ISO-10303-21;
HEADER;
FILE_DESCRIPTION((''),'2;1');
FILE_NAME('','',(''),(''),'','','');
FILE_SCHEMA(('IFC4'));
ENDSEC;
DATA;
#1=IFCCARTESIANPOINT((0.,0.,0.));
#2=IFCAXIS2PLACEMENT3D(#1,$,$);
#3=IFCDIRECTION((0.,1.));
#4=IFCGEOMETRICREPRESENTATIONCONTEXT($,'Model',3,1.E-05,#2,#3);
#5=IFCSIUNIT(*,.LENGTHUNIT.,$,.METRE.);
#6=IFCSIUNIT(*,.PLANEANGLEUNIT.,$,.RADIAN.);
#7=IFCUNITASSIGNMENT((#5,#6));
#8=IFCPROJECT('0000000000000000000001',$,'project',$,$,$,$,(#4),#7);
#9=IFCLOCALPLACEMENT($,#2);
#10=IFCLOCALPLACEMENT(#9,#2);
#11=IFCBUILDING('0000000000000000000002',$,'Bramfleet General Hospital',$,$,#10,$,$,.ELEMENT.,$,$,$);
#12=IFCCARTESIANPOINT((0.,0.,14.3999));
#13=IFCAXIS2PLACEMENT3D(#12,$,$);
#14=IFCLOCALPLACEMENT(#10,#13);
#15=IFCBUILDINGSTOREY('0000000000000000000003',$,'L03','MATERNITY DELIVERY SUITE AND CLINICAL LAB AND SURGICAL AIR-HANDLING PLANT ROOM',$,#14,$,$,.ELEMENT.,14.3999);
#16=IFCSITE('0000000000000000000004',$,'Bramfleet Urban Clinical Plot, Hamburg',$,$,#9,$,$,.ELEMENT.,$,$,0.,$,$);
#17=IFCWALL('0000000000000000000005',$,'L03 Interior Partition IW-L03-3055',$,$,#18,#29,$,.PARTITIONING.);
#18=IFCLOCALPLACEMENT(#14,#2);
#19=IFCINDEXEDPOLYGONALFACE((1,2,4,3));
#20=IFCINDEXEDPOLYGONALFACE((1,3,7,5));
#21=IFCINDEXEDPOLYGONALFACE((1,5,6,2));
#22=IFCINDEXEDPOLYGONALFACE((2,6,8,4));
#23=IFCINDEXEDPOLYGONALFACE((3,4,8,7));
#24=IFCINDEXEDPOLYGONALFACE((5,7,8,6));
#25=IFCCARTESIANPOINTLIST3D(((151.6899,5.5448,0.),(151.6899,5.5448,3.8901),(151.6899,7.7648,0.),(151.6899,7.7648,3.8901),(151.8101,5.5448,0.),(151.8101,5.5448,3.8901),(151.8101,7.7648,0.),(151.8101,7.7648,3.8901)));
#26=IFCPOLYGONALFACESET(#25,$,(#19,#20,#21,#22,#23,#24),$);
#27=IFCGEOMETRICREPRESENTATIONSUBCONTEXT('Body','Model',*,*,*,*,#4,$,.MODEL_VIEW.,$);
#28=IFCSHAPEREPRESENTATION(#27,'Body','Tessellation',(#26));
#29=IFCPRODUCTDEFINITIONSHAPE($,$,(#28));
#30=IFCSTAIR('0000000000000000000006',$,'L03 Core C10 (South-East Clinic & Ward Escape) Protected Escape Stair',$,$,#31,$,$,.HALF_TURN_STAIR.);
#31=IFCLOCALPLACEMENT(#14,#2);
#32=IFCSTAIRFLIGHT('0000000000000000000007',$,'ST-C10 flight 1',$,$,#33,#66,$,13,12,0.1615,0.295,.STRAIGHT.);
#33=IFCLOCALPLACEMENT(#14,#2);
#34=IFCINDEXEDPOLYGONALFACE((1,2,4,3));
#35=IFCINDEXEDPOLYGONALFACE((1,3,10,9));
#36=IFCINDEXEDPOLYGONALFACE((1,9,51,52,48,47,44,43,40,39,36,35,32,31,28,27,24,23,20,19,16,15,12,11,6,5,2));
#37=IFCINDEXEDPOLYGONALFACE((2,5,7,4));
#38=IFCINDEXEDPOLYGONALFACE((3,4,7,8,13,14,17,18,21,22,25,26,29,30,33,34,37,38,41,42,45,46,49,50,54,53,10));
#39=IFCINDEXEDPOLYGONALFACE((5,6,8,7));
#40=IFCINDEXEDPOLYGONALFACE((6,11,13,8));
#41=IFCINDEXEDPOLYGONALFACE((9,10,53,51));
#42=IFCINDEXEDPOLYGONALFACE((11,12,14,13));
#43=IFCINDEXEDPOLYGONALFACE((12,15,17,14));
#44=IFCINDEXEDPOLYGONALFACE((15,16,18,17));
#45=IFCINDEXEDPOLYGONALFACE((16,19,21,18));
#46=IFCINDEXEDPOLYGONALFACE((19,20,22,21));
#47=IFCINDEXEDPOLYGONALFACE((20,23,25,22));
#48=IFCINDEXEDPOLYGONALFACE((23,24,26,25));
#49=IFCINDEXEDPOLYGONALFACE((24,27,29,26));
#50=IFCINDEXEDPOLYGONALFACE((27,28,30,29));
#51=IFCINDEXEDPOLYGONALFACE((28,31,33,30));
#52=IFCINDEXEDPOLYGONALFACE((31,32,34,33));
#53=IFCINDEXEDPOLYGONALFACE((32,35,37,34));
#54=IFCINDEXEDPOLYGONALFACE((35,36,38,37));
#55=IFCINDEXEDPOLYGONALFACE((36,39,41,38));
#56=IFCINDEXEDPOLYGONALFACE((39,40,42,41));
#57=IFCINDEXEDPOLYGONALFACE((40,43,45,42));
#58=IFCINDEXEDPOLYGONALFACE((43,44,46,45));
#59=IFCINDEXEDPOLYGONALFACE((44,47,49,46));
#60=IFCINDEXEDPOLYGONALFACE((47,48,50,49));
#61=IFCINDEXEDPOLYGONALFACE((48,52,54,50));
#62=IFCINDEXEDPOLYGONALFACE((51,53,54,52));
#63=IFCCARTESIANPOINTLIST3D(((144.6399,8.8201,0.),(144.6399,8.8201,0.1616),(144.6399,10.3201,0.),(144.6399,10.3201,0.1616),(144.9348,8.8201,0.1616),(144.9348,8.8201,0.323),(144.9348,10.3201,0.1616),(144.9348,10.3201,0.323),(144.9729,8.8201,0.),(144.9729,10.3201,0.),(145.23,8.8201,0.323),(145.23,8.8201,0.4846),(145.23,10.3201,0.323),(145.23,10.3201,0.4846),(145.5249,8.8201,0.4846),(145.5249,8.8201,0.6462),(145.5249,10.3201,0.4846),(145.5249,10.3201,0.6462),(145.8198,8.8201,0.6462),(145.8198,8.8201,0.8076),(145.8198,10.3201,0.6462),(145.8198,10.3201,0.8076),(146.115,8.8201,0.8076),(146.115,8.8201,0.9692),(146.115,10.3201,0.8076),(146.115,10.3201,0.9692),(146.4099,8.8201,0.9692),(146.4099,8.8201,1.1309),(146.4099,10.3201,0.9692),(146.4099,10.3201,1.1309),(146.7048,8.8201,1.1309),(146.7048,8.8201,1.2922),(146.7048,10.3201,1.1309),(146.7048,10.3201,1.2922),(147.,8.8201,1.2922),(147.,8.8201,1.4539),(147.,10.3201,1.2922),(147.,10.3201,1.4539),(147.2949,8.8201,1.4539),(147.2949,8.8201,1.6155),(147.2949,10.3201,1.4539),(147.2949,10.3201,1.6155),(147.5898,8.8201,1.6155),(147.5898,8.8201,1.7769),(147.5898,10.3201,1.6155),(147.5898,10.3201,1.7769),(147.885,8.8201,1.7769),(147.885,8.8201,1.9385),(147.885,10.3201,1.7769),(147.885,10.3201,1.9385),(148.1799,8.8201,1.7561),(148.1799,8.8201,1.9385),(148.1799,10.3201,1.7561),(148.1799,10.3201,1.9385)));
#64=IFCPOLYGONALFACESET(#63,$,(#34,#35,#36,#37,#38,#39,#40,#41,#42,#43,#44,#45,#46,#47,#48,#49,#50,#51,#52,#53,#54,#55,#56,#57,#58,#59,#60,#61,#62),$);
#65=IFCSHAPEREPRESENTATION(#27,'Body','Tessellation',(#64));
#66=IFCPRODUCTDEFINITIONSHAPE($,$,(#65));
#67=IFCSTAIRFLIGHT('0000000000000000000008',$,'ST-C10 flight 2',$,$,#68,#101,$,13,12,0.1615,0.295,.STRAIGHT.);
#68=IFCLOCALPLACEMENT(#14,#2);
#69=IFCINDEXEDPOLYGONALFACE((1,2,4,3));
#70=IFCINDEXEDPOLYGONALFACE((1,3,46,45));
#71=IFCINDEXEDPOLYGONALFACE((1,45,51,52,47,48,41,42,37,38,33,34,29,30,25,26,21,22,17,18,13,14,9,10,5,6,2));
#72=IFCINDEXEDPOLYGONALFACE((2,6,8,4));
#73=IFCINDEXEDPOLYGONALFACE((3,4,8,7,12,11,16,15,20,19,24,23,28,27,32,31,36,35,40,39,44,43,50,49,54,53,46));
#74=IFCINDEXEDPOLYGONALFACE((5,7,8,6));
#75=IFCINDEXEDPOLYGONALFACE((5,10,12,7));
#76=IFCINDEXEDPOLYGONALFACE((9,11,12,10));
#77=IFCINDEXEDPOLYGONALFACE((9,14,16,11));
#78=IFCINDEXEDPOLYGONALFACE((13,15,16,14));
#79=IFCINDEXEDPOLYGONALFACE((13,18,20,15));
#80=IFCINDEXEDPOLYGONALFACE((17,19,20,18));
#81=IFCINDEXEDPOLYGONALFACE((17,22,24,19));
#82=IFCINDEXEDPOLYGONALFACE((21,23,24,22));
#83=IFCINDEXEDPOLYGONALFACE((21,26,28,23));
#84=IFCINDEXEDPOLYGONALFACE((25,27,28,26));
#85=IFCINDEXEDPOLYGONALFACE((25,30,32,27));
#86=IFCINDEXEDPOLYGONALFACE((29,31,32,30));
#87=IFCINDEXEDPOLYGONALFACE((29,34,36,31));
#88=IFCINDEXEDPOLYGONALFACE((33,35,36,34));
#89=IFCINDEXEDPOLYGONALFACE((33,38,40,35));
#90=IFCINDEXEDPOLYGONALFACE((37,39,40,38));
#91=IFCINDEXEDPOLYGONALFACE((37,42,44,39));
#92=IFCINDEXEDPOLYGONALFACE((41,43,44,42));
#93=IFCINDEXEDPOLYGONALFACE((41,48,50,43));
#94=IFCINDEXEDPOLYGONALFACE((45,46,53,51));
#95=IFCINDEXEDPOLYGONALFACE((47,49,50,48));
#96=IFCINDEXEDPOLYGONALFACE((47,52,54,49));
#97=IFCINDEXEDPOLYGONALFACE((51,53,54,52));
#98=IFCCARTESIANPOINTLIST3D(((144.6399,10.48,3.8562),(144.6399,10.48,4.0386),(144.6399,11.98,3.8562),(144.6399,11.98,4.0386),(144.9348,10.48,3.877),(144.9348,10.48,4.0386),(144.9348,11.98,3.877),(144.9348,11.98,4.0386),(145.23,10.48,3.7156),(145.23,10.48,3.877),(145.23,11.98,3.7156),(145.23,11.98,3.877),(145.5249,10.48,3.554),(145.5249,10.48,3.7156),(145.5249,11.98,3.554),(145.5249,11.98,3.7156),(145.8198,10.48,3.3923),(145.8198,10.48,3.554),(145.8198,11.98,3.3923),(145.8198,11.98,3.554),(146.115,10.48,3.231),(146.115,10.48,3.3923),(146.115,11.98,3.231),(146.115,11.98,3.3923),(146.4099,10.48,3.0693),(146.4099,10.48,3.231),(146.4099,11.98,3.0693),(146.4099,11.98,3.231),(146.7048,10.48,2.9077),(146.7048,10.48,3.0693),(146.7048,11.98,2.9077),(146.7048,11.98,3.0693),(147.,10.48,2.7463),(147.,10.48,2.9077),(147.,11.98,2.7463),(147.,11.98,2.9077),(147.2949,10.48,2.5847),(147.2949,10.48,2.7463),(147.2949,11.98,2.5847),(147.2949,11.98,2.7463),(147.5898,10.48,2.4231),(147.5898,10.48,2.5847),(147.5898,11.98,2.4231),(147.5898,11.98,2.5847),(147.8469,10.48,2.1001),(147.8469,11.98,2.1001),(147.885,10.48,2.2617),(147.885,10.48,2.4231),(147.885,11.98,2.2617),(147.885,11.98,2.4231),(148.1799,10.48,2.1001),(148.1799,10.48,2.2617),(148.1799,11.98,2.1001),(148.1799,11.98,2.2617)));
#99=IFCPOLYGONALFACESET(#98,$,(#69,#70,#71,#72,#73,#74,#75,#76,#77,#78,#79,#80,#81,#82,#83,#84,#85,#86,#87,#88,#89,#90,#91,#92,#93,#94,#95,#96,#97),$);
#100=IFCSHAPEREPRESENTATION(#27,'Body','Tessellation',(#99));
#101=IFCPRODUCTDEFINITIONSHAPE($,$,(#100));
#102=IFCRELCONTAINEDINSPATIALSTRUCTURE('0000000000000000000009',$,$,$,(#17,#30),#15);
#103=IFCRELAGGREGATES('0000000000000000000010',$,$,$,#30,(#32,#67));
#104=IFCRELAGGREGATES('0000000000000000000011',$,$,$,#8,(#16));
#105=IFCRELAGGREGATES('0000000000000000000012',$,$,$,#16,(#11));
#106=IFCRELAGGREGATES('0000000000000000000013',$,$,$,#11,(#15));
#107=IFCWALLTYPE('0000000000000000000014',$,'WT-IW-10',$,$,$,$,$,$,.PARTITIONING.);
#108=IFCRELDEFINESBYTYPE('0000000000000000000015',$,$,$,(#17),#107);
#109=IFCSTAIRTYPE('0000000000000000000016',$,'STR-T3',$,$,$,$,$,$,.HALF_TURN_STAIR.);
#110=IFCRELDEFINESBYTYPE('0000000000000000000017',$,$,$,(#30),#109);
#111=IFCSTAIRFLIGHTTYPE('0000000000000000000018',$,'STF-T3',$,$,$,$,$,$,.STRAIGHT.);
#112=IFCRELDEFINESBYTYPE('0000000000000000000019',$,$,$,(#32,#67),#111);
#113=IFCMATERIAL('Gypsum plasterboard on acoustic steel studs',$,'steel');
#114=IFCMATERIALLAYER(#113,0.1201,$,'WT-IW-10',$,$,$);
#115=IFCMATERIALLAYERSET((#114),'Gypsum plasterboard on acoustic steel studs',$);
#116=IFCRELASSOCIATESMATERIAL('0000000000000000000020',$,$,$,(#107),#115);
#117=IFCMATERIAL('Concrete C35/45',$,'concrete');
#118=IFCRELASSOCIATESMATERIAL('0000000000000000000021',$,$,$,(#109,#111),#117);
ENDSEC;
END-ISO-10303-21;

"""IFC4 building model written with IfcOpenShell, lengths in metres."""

from ifc_helpers import new_model, si_unit, direction, frame, frame_2d, origin, place, context, subcontext, project, spatial, polyline, rectangle, outline, extrude, material, layer, layer_set, type_object, element, aggregate, save


model = new_model("IFC4")

# Units and contexts
model_context = context("Model", 3, precision=1e-05, world=origin(), true_north=direction((0.0, 1.0)))
body_context = subcontext(model_context, "Body", "Model", "MODEL_VIEW")
ifc_project = project(units=[si_unit("LENGTHUNIT", "METRE"), si_unit("PLANEANGLEUNIT", "RADIAN")], contexts=[model_context])

# Site, building, storey
site_placement = place(None, origin())
site = spatial("IfcSite", under=ifc_project, at=site_placement, Name="Bramfleet Urban Clinical Plot, Hamburg", CompositionType="ELEMENT", RefElevation=0.0)
building_placement = place(site_placement, origin())
building = spatial("IfcBuilding", under=site, at=building_placement, Name="Bramfleet General Hospital", CompositionType="ELEMENT")
storey_placement = place(building_placement, frame((0.0, 0.0, 14.3999)))
storey = spatial("IfcBuildingStorey", under=building, at=storey_placement, Name="L03", Description="MATERNITY DELIVERY SUITE AND CLINICAL LAB AND SURGICAL AIR-HANDLING PLANT ROOM", CompositionType="ELEMENT", Elevation=14.3999)

# Shared definitions
ifc_material_1 = material(Name="Concrete C35/45", Category="concrete")

# Shared definitions
ifc_material_2 = material(Name="Gypsum plasterboard on acoustic steel studs", Category="steel")
ifc_layer_1 = layer(ifc_material_2, 0.1201, Name="WT-IW-10")
ifc_layer_set_1 = layer_set([ifc_layer_1], Name="Gypsum plasterboard on acoustic steel studs")
wall_type_1 = type_object("IfcWallType", Name="WT-IW-10", PredefinedType="PARTITIONING", material=ifc_layer_set_1)

# Wall
for number, where, z_axis, x_axis, name in (
    (1, (151.75, 5.5449, 0.0), (0.0, 0.0, 1.0), (0.0, 1.0, 0.0), "L03 Interior Partition IW-L03-3055"),
):
    element("IfcWall", number, at=place(storey_placement, frame(where, z_axis=z_axis, x_axis=x_axis)), inside=storey, type_object=wall_type_1, Name=name, PredefinedType="PARTITIONING", context=body_context, shape_type="SweptSolid", body=[
        extrude(rectangle(XDim=2.22, YDim=0.1201, at=frame_2d((1.1099, 0.0))), origin(), (0.0, 0.0, 1.0), 3.8901),
    ])

# Stair, stair flights
stair_type = type_object("IfcStairType", Name="STR-T3", PredefinedType="HALF_TURN_STAIR", material=ifc_material_1)
stair_placement = place(storey_placement, origin())
stair = element("IfcStair", 2, at=stair_placement, inside=storey, type_object=stair_type, Name="L03 Core C10 (South-East Clinic & Ward Escape) Protected Escape Stair", PredefinedType="HALF_TURN_STAIR")
stair_flight_type = type_object("IfcStairFlightType", Name="STF-T3", PredefinedType="STRAIGHT", material=ifc_material_1)
stair_flight_1_placement = place(storey_placement, frame((144.6399, 9.5701, 0.0), z_axis=(0.0, 0.0, 1.0), x_axis=(1.0, 0.0, 0.0)))
stair_flight_1 = element("IfcStairFlight", 3, at=stair_flight_1_placement, type_object=stair_flight_type, Name="ST-C10 flight 1", NumberOfRisers=13, NumberOfTreads=12, PredefinedType="STRAIGHT", RiserHeight=0.1615, TreadLength=0.295, context=body_context, shape_type="SweptSolid", body=[
    extrude(outline(polyline([(0.0, 0.0), (0.0, 0.1616), (0.2949, 0.1616), (0.2949, 0.323), (0.5901, 0.323), (0.5901, 0.4846), (0.885, 0.4846), (0.885, 0.6462), (1.1799, 0.6462), (1.1799, 0.8076), (1.4751, 0.8076), (1.4751, 0.9692), (1.77, 0.9692), (1.77, 1.1309), (2.0649, 1.1309), (2.0649, 1.2922), (2.3601, 1.2922), (2.3601, 1.4539), (2.655, 1.4539), (2.655, 1.6155), (2.95, 1.6155), (2.95, 1.7769), (3.2451, 1.7769), (3.2451, 1.9385), (3.54, 1.9385), (3.54, 2.1001), (3.54, 1.7561), (0.333, 0.0), (0.0, 0.0)])), frame((0.0, 0.75, 0.0), z_axis=(0.0, -1.0, 0.0), x_axis=(1.0, 0.0, 0.0)), (0.0, 0.0, 1.0), 1.5),
])
stair_flight_2_placement = place(storey_placement, frame((148.1799, 11.23, 2.1001), z_axis=(0.0, 0.0, 1.0), x_axis=(-1.0, 0.0, 0.0)))
stair_flight_2 = element("IfcStairFlight", 4, at=stair_flight_2_placement, type_object=stair_flight_type, Name="ST-C10 flight 2", NumberOfRisers=13, NumberOfTreads=12, PredefinedType="STRAIGHT", RiserHeight=0.1615, TreadLength=0.295, context=body_context, shape_type="SweptSolid", body=[
    extrude(outline(polyline([(0.0, 0.0), (0.0, 0.1616), (0.2949, 0.1616), (0.2949, 0.323), (0.5901, 0.323), (0.5901, 0.4846), (0.885, 0.4846), (0.885, 0.6462), (1.1799, 0.6462), (1.1799, 0.8076), (1.4751, 0.8076), (1.4751, 0.9692), (1.77, 0.9692), (1.77, 1.1309), (2.0649, 1.1309), (2.0649, 1.2922), (2.3601, 1.2922), (2.3601, 1.4539), (2.655, 1.4539), (2.655, 1.6155), (2.95, 1.6155), (2.95, 1.7769), (3.2451, 1.7769), (3.2451, 1.9385), (3.54, 1.9385), (3.54, 2.1001), (3.54, 1.7561), (0.333, 0.0), (0.0, 0.0)])), frame((0.0, 0.75, 0.0), z_axis=(0.0, -1.0, 0.0), x_axis=(1.0, 0.0, 0.0)), (0.0, 0.0, 1.0), 1.5),
])
aggregate(stair, [stair_flight_1, stair_flight_2])

save(model, "model.ifc")
